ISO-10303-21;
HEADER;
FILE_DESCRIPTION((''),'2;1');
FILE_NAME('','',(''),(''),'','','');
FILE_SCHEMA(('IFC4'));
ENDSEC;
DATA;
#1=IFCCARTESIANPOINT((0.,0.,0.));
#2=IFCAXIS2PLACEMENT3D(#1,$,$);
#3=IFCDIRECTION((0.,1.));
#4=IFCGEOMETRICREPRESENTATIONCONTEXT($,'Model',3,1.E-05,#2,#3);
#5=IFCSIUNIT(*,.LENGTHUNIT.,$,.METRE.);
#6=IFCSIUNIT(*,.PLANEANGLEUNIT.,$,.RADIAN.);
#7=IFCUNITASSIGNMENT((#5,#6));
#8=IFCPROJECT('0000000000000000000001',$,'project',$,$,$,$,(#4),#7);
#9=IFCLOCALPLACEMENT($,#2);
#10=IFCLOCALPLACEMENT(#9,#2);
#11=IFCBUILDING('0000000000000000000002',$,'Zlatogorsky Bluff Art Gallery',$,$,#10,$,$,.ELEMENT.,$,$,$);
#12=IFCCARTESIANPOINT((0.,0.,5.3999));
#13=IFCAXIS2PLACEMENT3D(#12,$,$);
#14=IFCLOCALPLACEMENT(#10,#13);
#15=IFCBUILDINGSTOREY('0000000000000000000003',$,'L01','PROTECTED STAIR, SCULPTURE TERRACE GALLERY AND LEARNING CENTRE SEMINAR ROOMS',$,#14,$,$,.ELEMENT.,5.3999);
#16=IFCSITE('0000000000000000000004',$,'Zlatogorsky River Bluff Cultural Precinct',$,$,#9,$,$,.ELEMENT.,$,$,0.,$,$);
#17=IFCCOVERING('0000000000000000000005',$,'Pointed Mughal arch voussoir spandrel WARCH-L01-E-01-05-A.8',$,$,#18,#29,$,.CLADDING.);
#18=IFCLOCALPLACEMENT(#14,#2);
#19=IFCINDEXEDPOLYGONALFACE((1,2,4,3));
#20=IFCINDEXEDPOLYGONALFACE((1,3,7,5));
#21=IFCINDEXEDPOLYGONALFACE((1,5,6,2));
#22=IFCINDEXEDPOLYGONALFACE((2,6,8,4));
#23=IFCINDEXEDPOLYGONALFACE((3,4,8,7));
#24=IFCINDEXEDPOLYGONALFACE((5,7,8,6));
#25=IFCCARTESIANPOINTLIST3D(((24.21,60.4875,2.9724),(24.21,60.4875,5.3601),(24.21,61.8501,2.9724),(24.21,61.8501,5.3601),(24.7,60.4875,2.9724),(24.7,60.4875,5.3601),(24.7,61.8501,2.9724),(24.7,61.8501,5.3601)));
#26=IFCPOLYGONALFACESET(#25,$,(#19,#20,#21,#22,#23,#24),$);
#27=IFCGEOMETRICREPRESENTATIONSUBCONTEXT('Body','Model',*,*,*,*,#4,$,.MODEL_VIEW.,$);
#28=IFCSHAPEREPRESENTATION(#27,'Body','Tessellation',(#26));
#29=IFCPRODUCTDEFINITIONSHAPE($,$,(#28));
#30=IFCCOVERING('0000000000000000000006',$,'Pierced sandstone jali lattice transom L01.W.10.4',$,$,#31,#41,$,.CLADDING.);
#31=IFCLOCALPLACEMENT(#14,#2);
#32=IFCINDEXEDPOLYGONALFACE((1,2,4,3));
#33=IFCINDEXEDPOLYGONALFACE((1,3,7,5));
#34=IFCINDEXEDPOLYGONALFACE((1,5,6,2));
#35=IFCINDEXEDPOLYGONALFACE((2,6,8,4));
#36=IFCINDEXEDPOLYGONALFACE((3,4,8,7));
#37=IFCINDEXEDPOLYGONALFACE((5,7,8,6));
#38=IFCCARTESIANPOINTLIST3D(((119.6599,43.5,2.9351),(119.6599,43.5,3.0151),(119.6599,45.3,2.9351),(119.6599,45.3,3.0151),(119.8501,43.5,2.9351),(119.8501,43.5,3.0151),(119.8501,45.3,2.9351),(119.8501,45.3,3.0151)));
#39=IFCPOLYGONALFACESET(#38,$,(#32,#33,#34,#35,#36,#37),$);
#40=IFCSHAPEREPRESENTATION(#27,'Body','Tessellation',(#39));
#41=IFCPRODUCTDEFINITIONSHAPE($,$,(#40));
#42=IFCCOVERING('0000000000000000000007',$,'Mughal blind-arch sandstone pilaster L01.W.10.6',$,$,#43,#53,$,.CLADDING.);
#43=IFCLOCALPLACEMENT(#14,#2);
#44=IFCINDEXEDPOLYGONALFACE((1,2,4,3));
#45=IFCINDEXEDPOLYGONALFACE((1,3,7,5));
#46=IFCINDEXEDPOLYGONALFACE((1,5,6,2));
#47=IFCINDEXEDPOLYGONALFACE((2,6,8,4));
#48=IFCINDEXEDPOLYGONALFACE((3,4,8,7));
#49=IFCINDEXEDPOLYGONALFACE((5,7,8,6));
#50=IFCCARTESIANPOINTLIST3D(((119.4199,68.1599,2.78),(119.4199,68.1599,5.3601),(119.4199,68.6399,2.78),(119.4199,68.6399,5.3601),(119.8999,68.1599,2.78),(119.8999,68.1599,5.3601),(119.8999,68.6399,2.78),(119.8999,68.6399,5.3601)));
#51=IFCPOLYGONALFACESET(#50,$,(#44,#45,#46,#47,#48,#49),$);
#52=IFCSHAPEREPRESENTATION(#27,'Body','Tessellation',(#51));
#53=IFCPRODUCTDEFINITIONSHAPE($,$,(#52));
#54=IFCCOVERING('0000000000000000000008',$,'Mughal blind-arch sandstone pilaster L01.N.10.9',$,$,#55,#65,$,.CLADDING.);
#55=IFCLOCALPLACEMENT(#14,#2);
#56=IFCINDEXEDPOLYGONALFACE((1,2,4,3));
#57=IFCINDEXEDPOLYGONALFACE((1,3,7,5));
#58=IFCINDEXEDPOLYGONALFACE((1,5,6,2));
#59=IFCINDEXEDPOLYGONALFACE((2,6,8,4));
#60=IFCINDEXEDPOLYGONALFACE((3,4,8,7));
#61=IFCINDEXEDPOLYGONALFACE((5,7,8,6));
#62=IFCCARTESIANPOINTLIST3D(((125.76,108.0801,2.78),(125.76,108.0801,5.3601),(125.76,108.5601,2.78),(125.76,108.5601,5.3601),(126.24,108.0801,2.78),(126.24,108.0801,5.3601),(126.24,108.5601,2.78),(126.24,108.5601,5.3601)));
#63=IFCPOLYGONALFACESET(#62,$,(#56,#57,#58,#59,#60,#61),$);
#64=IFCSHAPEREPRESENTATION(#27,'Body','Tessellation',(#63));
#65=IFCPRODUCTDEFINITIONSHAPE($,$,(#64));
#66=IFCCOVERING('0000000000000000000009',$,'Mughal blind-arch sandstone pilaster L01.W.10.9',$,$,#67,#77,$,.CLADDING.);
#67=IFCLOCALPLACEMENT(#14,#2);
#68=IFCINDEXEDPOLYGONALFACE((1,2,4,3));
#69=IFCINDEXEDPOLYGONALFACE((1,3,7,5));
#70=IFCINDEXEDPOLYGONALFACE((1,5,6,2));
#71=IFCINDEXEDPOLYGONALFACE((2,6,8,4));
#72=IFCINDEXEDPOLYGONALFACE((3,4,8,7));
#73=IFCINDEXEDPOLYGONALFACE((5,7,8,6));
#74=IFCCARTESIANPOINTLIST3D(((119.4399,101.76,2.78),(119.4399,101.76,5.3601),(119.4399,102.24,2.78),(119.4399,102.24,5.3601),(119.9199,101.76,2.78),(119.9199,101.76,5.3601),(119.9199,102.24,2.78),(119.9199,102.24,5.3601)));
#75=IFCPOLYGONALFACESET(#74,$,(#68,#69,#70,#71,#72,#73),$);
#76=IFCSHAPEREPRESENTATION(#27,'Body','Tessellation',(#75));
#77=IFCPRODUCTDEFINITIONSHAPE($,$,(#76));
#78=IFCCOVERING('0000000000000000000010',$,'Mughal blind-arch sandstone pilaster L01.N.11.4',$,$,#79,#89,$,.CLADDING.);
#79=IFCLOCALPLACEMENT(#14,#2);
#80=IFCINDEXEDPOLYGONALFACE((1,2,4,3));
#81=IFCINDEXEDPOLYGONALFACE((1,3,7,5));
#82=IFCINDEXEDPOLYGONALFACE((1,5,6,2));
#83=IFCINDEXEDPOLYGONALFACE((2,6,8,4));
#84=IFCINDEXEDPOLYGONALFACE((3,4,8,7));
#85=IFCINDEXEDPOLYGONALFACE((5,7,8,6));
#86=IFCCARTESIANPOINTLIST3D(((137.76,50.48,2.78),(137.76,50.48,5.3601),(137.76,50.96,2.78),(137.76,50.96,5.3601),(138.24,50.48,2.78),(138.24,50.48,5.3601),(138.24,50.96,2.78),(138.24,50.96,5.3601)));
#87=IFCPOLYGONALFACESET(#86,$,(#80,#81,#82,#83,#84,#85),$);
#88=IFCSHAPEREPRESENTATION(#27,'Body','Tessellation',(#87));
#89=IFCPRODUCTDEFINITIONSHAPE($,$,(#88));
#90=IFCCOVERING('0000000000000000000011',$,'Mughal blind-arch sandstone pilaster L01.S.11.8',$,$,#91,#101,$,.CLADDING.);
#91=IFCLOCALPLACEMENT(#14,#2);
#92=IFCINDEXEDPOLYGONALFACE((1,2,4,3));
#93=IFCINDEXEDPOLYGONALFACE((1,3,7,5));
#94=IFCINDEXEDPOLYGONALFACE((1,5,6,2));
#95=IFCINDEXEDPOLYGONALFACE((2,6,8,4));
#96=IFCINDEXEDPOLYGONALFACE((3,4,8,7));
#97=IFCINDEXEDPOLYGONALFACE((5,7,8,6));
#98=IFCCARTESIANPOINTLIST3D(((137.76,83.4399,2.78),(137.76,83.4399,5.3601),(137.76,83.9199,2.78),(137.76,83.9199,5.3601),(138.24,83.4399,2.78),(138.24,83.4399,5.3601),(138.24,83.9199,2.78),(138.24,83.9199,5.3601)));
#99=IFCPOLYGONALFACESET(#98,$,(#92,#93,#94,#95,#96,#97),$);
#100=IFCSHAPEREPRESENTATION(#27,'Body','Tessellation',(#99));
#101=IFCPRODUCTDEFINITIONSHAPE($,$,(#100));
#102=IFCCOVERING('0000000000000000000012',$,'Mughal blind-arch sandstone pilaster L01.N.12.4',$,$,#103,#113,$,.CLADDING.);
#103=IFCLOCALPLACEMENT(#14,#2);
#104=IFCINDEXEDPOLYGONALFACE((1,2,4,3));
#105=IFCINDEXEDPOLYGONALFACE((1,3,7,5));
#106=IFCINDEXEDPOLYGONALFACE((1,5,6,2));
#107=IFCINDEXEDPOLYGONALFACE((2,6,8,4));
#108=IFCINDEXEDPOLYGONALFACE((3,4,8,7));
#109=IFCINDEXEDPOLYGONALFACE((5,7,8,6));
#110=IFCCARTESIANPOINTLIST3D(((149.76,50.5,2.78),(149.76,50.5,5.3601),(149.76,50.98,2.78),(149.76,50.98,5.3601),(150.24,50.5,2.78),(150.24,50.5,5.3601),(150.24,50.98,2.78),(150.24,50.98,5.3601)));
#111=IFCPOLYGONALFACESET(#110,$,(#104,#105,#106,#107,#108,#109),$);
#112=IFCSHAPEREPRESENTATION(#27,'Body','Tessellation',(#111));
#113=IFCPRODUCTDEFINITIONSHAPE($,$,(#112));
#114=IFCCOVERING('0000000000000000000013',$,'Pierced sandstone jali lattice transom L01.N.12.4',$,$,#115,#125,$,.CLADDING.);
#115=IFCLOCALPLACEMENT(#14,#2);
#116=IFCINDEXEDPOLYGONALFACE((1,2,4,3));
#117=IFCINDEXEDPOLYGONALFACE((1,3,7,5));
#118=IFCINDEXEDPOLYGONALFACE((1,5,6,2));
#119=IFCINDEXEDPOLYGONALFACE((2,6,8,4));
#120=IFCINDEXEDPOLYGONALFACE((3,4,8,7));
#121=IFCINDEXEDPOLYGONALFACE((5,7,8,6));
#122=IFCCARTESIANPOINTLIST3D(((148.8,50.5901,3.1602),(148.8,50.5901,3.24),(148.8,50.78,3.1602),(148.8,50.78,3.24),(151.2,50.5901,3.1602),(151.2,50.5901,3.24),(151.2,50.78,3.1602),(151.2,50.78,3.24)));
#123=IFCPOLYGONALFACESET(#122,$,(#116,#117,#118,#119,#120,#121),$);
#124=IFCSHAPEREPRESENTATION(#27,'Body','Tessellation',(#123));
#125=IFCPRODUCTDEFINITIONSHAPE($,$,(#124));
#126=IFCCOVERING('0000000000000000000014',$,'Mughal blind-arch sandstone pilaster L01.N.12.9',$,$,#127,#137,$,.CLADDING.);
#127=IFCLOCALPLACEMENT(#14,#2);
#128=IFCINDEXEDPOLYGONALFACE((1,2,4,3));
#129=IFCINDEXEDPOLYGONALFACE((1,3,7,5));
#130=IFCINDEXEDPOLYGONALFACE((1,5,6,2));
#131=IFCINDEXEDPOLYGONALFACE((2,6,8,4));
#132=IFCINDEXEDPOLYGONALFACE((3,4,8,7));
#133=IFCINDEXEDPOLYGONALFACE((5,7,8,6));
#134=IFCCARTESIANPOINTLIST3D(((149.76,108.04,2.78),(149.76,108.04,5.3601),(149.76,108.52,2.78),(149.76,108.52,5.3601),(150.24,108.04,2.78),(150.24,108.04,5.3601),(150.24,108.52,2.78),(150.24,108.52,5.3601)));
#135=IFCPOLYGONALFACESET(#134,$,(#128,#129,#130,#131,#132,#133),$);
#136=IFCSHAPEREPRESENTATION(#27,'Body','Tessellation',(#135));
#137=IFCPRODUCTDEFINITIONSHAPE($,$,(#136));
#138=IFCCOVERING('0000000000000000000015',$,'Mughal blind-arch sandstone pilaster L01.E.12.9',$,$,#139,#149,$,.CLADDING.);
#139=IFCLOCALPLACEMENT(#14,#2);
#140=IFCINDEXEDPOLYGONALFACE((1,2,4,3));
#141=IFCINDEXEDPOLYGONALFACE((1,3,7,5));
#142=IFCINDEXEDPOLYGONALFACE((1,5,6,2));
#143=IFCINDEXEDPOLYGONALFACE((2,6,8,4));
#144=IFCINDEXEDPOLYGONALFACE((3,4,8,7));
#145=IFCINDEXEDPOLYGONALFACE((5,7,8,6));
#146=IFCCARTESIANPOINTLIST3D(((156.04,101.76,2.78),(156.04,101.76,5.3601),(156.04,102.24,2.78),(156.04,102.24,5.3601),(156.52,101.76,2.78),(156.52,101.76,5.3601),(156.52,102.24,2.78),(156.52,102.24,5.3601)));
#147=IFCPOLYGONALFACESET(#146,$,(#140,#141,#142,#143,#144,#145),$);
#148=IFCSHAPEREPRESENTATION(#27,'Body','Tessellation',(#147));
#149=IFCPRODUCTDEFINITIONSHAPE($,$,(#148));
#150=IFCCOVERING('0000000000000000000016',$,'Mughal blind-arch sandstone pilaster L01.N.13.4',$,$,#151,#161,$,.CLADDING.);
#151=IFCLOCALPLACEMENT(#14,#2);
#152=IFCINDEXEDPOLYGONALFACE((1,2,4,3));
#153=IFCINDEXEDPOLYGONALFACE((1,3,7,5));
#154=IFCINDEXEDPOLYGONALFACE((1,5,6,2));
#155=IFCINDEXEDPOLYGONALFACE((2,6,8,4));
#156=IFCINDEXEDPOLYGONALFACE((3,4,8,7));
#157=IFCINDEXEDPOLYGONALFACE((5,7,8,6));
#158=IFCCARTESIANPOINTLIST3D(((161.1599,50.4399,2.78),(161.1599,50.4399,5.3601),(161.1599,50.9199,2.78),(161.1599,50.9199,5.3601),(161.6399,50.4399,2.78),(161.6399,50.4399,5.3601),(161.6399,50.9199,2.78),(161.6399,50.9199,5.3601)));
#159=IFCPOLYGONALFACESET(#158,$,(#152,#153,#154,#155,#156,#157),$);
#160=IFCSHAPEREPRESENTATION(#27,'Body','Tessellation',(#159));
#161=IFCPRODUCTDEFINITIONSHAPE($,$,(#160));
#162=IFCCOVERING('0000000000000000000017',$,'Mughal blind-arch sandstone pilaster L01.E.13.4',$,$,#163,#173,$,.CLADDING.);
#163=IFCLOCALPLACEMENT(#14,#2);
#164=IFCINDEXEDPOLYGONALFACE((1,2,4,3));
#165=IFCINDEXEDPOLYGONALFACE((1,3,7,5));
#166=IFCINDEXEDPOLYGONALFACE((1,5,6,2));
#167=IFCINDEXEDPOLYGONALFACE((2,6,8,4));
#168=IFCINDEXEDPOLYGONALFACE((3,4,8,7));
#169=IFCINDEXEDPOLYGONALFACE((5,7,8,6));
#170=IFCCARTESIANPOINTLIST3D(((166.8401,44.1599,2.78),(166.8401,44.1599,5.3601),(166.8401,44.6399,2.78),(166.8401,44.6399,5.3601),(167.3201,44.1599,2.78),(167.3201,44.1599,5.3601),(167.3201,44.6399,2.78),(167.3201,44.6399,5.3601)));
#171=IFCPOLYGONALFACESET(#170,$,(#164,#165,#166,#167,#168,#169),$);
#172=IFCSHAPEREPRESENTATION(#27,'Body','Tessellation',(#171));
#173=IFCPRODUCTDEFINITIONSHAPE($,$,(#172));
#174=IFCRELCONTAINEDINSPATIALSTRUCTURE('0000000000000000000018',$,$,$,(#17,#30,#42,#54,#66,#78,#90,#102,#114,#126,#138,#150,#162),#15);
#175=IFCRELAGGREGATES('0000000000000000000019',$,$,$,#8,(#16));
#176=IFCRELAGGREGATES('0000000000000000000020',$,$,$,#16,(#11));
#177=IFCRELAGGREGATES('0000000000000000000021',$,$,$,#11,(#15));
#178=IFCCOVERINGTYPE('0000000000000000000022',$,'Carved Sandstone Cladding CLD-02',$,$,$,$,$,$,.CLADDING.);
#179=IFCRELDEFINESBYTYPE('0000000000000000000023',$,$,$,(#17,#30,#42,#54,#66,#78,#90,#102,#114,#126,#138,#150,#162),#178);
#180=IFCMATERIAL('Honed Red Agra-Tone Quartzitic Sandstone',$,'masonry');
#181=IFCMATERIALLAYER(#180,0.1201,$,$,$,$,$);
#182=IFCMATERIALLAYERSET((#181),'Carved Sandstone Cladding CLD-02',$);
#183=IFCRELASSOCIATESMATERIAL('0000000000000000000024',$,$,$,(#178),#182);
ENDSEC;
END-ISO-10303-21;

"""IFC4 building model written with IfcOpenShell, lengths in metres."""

from ifc_helpers import new_model, si_unit, direction, frame, origin, place, context, subcontext, project, spatial, polyline, outline, extrude, material, layer, layer_set, type_object, element, save


model = new_model("IFC4")

# Units and contexts
model_context = context("Model", 3, precision=1e-05, world=origin(), true_north=direction((0.0, 1.0)))
body_context = subcontext(model_context, "Body", "Model", "MODEL_VIEW")
ifc_project = project(units=[si_unit("LENGTHUNIT", "METRE"), si_unit("PLANEANGLEUNIT", "RADIAN")], contexts=[model_context])

# Site, building, storey
site_placement = place(None, origin())
site = spatial("IfcSite", under=ifc_project, at=site_placement, Name="Zlatogorsky River Bluff Cultural Precinct", CompositionType="ELEMENT", RefElevation=0.0)
building_placement = place(site_placement, origin())
building = spatial("IfcBuilding", under=site, at=building_placement, Name="Zlatogorsky Bluff Art Gallery", CompositionType="ELEMENT")
storey_placement = place(building_placement, frame((0.0, 0.0, 5.3999)))
storey = spatial("IfcBuildingStorey", under=building, at=storey_placement, Name="L01", Description="PROTECTED STAIR, SCULPTURE TERRACE GALLERY AND LEARNING CENTRE SEMINAR ROOMS", CompositionType="ELEMENT", Elevation=5.3999)

# Coverings
ifc_material = material(Name="Honed Red Agra-Tone Quartzitic Sandstone", Category="masonry")
ifc_layer = layer(ifc_material, 0.1201)
ifc_layer_set = layer_set([ifc_layer], Name="Carved Sandstone Cladding CLD-02")
covering_type = type_object("IfcCoveringType", Name="Carved Sandstone Cladding CLD-02", PredefinedType="CLADDING", material=ifc_layer_set)
covering_1_placement = place(storey_placement, frame((0.0, 0.0, 2.9724)))
element("IfcCovering", 1, at=covering_1_placement, inside=storey, type_object=covering_type, Name="Pointed Mughal arch voussoir spandrel WARCH-L01-E-01-05-A.8", PredefinedType="CLADDING", context=body_context, shape_type="SweptSolid", body=[
    extrude(outline(polyline([(24.21, 60.4875), (24.21, 61.8501), (24.7, 61.8501), (24.7, 60.4875), (24.21, 60.4875)])), origin(), (0.0, 0.0, 1.0), 2.3877),
])
covering_2_placement = place(storey_placement, frame((0.0, 0.0, 2.9351)))
element("IfcCovering", 2, at=covering_2_placement, inside=storey, type_object=covering_type, Name="Pierced sandstone jali lattice transom L01.W.10.4", PredefinedType="CLADDING", context=body_context, shape_type="SweptSolid", body=[
    extrude(outline(polyline([(119.6599, 43.5), (119.6599, 45.3), (119.8501, 45.3), (119.8501, 43.5), (119.6599, 43.5)])), origin(), (0.0, 0.0, 1.0), 0.0801),
])
covering_3_placement = place(storey_placement, frame((0.0, 0.0, 2.78)))
element("IfcCovering", 3, at=covering_3_placement, inside=storey, type_object=covering_type, Name="Mughal blind-arch sandstone pilaster L01.W.10.6", PredefinedType="CLADDING", context=body_context, shape_type="SweptSolid", body=[
    extrude(outline(polyline([(119.4199, 68.1599), (119.8999, 68.1599), (119.8999, 68.6399), (119.4199, 68.6399), (119.4199, 68.1599)])), origin(), (0.0, 0.0, 1.0), 2.5801),
])
covering_4_placement = place(storey_placement, frame((0.0, 0.0, 2.78)))
element("IfcCovering", 4, at=covering_4_placement, inside=storey, type_object=covering_type, Name="Mughal blind-arch sandstone pilaster L01.N.10.9", PredefinedType="CLADDING", context=body_context, shape_type="SweptSolid", body=[
    extrude(outline(polyline([(125.76, 108.0801), (126.24, 108.0801), (126.24, 108.5601), (125.76, 108.5601), (125.76, 108.0801)])), origin(), (0.0, 0.0, 1.0), 2.5801),
])
covering_5_placement = place(storey_placement, frame((0.0, 0.0, 2.78)))
element("IfcCovering", 5, at=covering_5_placement, inside=storey, type_object=covering_type, Name="Mughal blind-arch sandstone pilaster L01.W.10.9", PredefinedType="CLADDING", context=body_context, shape_type="SweptSolid", body=[
    extrude(outline(polyline([(119.4399, 101.76), (119.9199, 101.76), (119.9199, 102.24), (119.4399, 102.24), (119.4399, 101.76)])), origin(), (0.0, 0.0, 1.0), 2.5801),
])
covering_6_placement = place(storey_placement, frame((0.0, 0.0, 2.78)))
element("IfcCovering", 6, at=covering_6_placement, inside=storey, type_object=covering_type, Name="Mughal blind-arch sandstone pilaster L01.N.11.4", PredefinedType="CLADDING", context=body_context, shape_type="SweptSolid", body=[
    extrude(outline(polyline([(137.76, 50.48), (138.24, 50.48), (138.24, 50.96), (137.76, 50.96), (137.76, 50.48)])), origin(), (0.0, 0.0, 1.0), 2.5801),
])
covering_7_placement = place(storey_placement, frame((0.0, 0.0, 2.78)))
element("IfcCovering", 7, at=covering_7_placement, inside=storey, type_object=covering_type, Name="Mughal blind-arch sandstone pilaster L01.S.11.8", PredefinedType="CLADDING", context=body_context, shape_type="SweptSolid", body=[
    extrude(outline(polyline([(137.76, 83.4399), (138.24, 83.4399), (138.24, 83.9199), (137.76, 83.9199), (137.76, 83.4399)])), origin(), (0.0, 0.0, 1.0), 2.5801),
])
covering_8_placement = place(storey_placement, frame((0.0, 0.0, 2.78)))
element("IfcCovering", 8, at=covering_8_placement, inside=storey, type_object=covering_type, Name="Mughal blind-arch sandstone pilaster L01.N.12.4", PredefinedType="CLADDING", context=body_context, shape_type="SweptSolid", body=[
    extrude(outline(polyline([(149.76, 50.5), (150.24, 50.5), (150.24, 50.98), (149.76, 50.98), (149.76, 50.5)])), origin(), (0.0, 0.0, 1.0), 2.5801),
])
covering_9_placement = place(storey_placement, frame((0.0, 0.0, 3.1602)))
element("IfcCovering", 9, at=covering_9_placement, inside=storey, type_object=covering_type, Name="Pierced sandstone jali lattice transom L01.N.12.4", PredefinedType="CLADDING", context=body_context, shape_type="SweptSolid", body=[
    extrude(outline(polyline([(148.8, 50.5901), (151.2, 50.5901), (151.2, 50.78), (148.8, 50.78), (148.8, 50.5901)])), origin(), (0.0, 0.0, 1.0), 0.0798),
])
covering_10_placement = place(storey_placement, frame((0.0, 0.0, 2.78)))
element("IfcCovering", 10, at=covering_10_placement, inside=storey, type_object=covering_type, Name="Mughal blind-arch sandstone pilaster L01.N.12.9", PredefinedType="CLADDING", context=body_context, shape_type="SweptSolid", body=[
    extrude(outline(polyline([(149.76, 108.04), (150.24, 108.04), (150.24, 108.52), (149.76, 108.52), (149.76, 108.04)])), origin(), (0.0, 0.0, 1.0), 2.5801),
])
covering_11_placement = place(storey_placement, frame((0.0, 0.0, 2.78)))
element("IfcCovering", 11, at=covering_11_placement, inside=storey, type_object=covering_type, Name="Mughal blind-arch sandstone pilaster L01.E.12.9", PredefinedType="CLADDING", context=body_context, shape_type="SweptSolid", body=[
    extrude(outline(polyline([(156.04, 101.76), (156.52, 101.76), (156.52, 102.24), (156.04, 102.24), (156.04, 101.76)])), origin(), (0.0, 0.0, 1.0), 2.5801),
])
covering_12_placement = place(storey_placement, frame((0.0, 0.0, 2.78)))
element("IfcCovering", 12, at=covering_12_placement, inside=storey, type_object=covering_type, Name="Mughal blind-arch sandstone pilaster L01.N.13.4", PredefinedType="CLADDING", context=body_context, shape_type="SweptSolid", body=[
    extrude(outline(polyline([(161.1599, 50.4399), (161.6399, 50.4399), (161.6399, 50.9199), (161.1599, 50.9199), (161.1599, 50.4399)])), origin(), (0.0, 0.0, 1.0), 2.5801),
])
covering_13_placement = place(storey_placement, frame((0.0, 0.0, 2.78)))
element("IfcCovering", 13, at=covering_13_placement, inside=storey, type_object=covering_type, Name="Mughal blind-arch sandstone pilaster L01.E.13.4", PredefinedType="CLADDING", context=body_context, shape_type="SweptSolid", body=[
    extrude(outline(polyline([(166.8401, 44.1599), (167.3201, 44.1599), (167.3201, 44.6399), (166.8401, 44.6399), (166.8401, 44.1599)])), origin(), (0.0, 0.0, 1.0), 2.5801),
])

save(model, "model.ifc")
